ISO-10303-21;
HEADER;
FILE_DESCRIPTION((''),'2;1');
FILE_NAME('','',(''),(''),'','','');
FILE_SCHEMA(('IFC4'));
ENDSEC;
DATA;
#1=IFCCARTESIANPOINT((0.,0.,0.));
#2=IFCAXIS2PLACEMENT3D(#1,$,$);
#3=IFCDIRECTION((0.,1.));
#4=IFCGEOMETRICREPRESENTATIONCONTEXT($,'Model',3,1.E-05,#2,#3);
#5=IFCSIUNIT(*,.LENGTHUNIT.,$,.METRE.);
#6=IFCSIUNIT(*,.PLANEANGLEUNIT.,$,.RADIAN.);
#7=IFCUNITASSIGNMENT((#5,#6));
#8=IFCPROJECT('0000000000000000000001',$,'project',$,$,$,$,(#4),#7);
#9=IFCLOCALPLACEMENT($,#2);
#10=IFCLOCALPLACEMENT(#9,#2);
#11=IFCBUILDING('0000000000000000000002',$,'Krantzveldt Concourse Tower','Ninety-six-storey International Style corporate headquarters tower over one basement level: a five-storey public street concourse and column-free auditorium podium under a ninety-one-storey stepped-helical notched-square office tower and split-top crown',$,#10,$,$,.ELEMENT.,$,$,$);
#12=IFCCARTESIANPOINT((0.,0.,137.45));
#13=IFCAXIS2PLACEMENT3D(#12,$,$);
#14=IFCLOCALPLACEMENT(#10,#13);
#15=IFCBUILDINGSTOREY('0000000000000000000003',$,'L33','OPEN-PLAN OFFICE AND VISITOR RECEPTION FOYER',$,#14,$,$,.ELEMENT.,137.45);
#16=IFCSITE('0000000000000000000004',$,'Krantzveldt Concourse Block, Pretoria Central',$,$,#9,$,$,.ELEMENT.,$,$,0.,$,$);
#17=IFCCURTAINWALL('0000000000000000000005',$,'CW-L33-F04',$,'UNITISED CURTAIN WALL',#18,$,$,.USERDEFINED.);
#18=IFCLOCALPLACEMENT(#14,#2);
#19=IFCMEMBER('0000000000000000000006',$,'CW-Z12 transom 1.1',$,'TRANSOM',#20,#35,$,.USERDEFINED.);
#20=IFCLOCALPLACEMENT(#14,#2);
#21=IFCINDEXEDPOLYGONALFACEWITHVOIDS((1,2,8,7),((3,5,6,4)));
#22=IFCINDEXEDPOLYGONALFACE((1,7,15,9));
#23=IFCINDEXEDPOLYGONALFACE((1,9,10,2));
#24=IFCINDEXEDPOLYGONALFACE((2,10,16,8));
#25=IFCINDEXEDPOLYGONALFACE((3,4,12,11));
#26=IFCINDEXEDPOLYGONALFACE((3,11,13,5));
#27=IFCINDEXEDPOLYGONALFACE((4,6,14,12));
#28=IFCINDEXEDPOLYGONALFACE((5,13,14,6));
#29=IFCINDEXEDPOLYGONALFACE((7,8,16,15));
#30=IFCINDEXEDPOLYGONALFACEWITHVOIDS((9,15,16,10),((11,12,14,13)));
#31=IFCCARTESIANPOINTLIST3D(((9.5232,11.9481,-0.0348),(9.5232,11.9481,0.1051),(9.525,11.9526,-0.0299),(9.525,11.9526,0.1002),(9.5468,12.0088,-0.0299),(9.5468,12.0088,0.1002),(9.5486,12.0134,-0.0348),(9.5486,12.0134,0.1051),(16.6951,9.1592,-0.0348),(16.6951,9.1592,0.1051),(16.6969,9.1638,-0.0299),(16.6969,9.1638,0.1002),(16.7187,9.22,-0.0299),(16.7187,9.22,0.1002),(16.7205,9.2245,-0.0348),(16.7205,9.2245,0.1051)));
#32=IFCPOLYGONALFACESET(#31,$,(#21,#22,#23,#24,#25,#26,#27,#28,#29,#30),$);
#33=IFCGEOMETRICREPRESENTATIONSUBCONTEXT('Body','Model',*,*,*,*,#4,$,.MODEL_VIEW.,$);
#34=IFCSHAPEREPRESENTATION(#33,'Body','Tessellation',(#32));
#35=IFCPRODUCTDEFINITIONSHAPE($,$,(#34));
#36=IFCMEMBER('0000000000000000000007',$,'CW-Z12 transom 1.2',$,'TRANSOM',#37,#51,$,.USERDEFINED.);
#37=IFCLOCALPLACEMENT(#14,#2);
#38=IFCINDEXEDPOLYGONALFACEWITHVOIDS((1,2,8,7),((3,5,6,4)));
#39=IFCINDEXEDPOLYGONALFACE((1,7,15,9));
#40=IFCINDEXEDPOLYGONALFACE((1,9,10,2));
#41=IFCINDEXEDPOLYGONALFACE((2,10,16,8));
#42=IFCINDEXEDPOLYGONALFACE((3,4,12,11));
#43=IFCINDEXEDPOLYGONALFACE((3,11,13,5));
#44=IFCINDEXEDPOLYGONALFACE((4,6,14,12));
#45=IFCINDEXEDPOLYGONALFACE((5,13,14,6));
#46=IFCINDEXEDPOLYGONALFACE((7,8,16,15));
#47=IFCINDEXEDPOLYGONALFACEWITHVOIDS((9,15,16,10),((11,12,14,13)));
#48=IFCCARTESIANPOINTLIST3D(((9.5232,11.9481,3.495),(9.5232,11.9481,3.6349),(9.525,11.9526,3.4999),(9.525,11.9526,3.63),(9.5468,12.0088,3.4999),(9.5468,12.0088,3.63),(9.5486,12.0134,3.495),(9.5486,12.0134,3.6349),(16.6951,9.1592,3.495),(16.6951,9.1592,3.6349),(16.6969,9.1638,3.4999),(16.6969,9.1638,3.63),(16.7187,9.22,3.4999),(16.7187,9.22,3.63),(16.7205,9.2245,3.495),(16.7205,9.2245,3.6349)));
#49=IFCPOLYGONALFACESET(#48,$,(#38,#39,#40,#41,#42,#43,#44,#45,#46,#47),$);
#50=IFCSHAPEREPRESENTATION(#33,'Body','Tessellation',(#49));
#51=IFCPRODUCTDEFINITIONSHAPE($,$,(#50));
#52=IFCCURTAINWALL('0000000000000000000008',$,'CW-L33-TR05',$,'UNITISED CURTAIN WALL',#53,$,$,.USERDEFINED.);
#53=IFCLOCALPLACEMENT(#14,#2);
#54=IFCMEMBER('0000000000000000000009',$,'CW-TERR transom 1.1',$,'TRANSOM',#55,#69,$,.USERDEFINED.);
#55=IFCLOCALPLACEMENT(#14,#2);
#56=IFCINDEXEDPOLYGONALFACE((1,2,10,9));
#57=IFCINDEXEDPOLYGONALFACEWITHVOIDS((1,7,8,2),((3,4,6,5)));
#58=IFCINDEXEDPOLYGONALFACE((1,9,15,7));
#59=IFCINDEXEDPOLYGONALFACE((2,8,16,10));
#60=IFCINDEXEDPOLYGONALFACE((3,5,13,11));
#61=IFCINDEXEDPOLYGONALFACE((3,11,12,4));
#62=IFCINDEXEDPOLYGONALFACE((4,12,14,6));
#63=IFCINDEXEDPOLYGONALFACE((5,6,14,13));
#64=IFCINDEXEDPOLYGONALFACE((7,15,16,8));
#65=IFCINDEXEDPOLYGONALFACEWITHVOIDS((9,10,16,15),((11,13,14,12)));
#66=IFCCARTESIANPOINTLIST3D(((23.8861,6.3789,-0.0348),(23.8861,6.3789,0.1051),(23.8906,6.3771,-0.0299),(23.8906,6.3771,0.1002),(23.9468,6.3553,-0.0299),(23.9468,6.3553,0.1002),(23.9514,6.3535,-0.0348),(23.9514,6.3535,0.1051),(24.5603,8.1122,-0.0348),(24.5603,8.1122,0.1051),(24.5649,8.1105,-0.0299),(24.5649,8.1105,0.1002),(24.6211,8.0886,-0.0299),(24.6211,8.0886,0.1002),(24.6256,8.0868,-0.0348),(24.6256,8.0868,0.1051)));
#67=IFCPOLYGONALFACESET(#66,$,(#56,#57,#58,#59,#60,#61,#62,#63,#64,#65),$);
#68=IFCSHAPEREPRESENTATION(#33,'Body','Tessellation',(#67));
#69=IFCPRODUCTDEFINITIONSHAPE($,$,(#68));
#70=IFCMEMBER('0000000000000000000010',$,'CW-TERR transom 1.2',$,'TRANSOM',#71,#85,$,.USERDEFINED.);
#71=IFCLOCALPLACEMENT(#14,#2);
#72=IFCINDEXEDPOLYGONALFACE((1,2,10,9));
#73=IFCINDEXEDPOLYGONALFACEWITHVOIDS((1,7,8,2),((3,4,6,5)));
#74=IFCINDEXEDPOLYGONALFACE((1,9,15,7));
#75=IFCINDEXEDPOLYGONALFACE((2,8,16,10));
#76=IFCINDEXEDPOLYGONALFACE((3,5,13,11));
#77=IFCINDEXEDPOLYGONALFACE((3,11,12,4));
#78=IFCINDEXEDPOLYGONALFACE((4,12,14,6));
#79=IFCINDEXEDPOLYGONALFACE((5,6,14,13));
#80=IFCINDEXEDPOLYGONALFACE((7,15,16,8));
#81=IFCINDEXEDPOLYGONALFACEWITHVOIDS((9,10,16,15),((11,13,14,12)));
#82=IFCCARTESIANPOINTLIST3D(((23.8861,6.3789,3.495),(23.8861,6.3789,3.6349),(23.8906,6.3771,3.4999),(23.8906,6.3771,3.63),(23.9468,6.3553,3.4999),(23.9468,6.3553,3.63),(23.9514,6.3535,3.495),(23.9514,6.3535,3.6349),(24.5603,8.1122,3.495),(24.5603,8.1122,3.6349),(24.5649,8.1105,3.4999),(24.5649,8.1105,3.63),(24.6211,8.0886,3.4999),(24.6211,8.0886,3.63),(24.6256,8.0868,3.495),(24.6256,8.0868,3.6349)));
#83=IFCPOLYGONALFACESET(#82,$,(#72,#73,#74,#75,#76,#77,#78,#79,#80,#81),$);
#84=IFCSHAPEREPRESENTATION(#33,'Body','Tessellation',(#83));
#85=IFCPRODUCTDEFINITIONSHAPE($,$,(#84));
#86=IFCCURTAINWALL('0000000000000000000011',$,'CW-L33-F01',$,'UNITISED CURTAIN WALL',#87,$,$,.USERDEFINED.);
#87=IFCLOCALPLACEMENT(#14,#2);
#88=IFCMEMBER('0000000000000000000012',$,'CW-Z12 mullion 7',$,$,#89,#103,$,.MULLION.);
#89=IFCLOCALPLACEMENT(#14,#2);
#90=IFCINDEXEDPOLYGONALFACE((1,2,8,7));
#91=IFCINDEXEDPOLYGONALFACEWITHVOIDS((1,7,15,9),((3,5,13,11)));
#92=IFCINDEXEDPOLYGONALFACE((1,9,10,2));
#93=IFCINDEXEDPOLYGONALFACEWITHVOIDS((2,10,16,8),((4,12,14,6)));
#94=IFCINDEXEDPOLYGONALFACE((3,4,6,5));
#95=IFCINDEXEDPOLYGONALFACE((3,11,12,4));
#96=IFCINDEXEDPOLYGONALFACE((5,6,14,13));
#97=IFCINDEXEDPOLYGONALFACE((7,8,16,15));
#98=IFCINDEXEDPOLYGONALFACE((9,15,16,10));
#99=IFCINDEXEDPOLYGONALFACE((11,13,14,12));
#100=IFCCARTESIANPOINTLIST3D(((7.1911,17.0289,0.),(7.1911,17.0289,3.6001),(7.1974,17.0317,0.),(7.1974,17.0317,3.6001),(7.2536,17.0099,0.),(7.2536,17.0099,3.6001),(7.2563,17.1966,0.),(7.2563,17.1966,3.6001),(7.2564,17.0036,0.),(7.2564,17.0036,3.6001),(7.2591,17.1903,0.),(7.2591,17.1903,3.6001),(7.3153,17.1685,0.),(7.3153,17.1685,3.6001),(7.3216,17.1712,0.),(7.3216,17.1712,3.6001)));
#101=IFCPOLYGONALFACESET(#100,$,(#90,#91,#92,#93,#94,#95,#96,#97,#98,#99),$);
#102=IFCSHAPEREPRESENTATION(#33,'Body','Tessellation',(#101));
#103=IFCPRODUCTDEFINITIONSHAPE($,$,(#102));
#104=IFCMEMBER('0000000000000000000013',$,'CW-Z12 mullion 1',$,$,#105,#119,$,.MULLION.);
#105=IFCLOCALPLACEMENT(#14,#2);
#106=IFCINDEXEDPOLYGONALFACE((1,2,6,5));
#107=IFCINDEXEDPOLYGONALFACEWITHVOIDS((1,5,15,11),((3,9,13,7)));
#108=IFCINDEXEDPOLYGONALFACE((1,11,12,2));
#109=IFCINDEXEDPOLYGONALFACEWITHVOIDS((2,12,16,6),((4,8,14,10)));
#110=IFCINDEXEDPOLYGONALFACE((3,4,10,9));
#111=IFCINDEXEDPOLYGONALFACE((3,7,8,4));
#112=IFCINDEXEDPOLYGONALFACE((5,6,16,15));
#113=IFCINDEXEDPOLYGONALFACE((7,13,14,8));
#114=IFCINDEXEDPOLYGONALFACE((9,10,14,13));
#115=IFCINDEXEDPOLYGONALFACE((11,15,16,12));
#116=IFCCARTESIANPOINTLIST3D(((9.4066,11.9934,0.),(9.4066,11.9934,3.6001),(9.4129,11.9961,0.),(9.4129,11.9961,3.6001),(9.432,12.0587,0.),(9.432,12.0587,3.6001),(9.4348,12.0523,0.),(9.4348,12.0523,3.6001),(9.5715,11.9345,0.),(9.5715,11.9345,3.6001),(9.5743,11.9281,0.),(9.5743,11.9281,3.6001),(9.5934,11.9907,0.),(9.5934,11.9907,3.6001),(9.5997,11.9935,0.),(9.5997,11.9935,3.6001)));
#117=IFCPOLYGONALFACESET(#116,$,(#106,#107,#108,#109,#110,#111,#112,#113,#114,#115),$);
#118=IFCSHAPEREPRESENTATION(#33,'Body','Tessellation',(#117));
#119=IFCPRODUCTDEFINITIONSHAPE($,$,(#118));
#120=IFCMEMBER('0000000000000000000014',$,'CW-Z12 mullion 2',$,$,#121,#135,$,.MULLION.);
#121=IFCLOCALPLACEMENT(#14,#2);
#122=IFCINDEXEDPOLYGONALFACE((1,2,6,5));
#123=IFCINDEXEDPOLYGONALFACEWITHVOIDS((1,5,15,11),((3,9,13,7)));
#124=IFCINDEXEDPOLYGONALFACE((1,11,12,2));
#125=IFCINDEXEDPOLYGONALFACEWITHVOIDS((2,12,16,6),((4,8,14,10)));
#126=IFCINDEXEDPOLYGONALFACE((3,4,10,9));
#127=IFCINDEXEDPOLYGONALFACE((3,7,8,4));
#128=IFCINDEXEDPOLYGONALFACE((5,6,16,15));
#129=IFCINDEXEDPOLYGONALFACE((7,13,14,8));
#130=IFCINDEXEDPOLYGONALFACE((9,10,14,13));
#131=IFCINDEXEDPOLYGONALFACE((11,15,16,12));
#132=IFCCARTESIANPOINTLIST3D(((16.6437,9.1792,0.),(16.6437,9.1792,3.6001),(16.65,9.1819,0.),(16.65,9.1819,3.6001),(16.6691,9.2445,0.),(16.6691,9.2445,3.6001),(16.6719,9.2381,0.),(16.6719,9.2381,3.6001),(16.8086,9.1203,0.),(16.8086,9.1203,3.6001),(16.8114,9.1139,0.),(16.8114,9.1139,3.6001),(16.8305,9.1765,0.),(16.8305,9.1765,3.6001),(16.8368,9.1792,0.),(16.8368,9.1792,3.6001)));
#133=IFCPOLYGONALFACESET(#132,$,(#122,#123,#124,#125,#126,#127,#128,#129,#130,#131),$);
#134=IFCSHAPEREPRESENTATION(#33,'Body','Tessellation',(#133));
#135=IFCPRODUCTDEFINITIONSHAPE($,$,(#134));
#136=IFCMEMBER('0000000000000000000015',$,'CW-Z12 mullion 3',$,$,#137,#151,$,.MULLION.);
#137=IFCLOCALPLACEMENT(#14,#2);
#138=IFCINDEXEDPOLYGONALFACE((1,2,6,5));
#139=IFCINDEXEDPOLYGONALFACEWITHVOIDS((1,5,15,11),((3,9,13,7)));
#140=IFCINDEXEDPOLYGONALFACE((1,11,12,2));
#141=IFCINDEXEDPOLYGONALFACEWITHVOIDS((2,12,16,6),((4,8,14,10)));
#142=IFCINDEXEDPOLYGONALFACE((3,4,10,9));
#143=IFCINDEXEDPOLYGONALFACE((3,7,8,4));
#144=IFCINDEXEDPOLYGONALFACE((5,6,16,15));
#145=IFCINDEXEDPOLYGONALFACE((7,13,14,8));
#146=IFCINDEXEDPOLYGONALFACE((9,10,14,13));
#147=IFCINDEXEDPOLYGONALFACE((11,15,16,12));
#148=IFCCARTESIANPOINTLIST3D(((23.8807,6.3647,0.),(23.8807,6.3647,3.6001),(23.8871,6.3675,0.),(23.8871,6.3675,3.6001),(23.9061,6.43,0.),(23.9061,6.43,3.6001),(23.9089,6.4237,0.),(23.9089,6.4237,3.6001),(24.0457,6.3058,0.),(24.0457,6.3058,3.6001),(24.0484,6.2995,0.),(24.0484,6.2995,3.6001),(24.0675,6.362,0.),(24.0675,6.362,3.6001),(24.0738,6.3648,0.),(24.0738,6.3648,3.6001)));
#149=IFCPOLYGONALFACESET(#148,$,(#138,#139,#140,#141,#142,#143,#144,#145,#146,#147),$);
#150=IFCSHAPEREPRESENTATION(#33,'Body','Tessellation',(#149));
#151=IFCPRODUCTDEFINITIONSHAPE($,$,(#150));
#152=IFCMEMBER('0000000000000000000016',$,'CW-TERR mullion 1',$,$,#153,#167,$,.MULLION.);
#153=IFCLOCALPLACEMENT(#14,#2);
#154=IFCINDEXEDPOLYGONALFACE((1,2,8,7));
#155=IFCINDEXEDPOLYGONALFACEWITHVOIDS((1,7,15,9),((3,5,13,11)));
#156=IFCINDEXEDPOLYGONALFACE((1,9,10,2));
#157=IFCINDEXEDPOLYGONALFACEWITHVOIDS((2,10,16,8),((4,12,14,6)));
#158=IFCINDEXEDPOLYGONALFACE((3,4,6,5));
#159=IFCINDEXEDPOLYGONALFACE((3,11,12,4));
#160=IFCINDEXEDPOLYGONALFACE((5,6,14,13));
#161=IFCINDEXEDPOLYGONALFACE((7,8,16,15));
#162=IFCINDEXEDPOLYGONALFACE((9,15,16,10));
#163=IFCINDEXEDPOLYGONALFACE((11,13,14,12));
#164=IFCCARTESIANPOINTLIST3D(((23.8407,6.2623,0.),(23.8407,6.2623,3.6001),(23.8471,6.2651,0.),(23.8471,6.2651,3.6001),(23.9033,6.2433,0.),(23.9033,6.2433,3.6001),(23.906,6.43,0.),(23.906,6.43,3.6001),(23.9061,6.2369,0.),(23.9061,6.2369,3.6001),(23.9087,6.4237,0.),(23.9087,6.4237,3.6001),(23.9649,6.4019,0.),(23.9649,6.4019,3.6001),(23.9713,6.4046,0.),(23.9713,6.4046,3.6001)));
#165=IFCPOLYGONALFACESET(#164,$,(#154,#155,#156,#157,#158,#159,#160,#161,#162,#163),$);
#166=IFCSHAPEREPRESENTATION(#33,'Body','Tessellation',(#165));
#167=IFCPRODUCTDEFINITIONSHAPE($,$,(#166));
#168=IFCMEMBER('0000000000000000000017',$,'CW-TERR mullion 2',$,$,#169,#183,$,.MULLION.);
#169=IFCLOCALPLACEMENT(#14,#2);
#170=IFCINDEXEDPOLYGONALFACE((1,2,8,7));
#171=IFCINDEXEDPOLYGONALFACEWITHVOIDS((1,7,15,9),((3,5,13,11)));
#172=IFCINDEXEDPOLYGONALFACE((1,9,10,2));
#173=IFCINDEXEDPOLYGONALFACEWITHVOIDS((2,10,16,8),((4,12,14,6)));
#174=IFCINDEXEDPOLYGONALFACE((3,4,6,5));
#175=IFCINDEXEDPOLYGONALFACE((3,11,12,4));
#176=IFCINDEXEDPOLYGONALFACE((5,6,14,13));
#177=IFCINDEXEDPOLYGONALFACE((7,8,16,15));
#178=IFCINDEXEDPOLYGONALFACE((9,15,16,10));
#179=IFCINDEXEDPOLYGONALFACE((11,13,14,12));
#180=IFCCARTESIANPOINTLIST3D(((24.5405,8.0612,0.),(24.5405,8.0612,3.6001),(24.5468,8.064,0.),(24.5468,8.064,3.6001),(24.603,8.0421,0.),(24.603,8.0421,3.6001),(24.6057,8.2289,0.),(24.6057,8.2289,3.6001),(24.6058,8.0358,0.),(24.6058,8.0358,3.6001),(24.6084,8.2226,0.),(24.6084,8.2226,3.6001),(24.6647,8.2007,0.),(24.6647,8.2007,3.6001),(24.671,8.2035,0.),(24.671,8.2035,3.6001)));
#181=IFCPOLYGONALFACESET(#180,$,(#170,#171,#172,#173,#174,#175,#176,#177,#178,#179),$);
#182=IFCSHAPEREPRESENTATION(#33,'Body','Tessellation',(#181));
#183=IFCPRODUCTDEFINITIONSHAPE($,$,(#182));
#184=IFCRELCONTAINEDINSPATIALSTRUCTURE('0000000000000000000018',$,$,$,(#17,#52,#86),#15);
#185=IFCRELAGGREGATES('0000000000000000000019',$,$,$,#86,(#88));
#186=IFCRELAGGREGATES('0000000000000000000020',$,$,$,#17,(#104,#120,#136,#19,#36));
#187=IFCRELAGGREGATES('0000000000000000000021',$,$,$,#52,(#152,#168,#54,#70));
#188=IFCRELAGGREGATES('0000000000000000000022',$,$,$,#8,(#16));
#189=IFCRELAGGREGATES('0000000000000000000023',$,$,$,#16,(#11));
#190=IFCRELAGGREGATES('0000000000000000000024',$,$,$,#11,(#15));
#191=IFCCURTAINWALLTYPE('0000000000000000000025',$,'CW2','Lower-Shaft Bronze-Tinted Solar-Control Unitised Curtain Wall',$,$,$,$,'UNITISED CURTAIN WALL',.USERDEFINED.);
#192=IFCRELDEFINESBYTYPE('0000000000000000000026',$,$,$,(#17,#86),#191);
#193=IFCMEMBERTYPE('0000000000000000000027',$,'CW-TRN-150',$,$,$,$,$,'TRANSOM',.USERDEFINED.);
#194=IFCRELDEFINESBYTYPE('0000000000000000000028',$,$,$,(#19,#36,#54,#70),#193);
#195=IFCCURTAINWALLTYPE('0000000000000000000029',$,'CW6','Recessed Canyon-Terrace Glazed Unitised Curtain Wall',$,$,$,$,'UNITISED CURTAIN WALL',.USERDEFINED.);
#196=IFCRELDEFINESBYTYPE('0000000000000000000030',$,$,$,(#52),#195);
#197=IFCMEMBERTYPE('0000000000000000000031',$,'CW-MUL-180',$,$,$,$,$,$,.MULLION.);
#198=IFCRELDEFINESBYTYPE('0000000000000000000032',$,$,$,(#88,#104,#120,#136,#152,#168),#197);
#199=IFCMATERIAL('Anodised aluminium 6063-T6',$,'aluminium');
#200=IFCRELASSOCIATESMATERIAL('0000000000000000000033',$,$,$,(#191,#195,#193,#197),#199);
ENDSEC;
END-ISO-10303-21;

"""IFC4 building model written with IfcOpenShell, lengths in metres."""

from ifc_helpers import new_model, si_unit, direction, frame, origin, origin_2d, place, context, subcontext, project, spatial, hollow_rectangle, extrude, source, transform, mapped, material, material_profile, profile_set, type_object, type_shapes, element, aggregate, save


model = new_model("IFC4")

# Units and contexts
model_context = context("Model", 3, precision=1e-05, world=origin(), true_north=direction((0.0, 1.0)))
body_context = subcontext(model_context, "Body", "Model", "MODEL_VIEW")
ifc_project = project(units=[si_unit("LENGTHUNIT", "METRE"), si_unit("PLANEANGLEUNIT", "RADIAN")], contexts=[model_context])

# Site, building, storey
site_placement = place(None, origin())
site = spatial("IfcSite", under=ifc_project, at=site_placement, Name="Krantzveldt Concourse Block, Pretoria Central", CompositionType="ELEMENT", RefElevation=0.0)
building_placement = place(site_placement, origin())
building = spatial("IfcBuilding", under=site, at=building_placement, Name="Krantzveldt Concourse Tower", Description="Ninety-six-storey International Style corporate headquarters tower over one basement level: a five-storey public street concourse and column-free auditorium podium under a ninety-one-storey stepped-helical notched-square office tower and split-top crown", CompositionType="ELEMENT")
storey_placement = place(building_placement, frame((0.0, 0.0, 137.45)))
storey = spatial("IfcBuildingStorey", under=building, at=storey_placement, Name="L33", Description="OPEN-PLAN OFFICE AND VISITOR RECEPTION FOYER", CompositionType="ELEMENT", Elevation=137.45)

# Curtain walls, members
ifc_material_1 = material(Name="Anodised aluminium 6063-T6", Category="aluminium")
curtain_wall_type_1 = type_object("IfcCurtainWallType", Name="CW2", Description="Lower-Shaft Bronze-Tinted Solar-Control Unitised Curtain Wall", ElementType="UNITISED CURTAIN WALL", PredefinedType="USERDEFINED", material=ifc_material_1)
curtain_wall_1_placement = place(storey_placement, origin())
curtain_wall_1 = element("IfcCurtainWall", 1, at=curtain_wall_1_placement, inside=storey, type_object=curtain_wall_type_1, Name="CW-L33-F04", ObjectType="UNITISED CURTAIN WALL", PredefinedType="USERDEFINED")
ifc_material_profile_1 = material_profile(ifc_material_1, hollow_rectangle(XDim=0.0701, YDim=0.1399, WallThickness=0.0049, at=origin_2d()), Name="Anodised aluminium 6063-T6", Category="aluminium")
ifc_profile_set_1 = profile_set([ifc_material_profile_1], Name="Anodised aluminium 6063-T6 - ALU-TRAN 140x70x5")
member_type_1 = type_object("IfcMemberType", Name="CW-TRN-150", ElementType="TRANSOM", PredefinedType="USERDEFINED", material=ifc_profile_set_1)
shared_shape_1 = source(origin(), body_context, "Body", "SweptSolid", [
    extrude(hollow_rectangle(XDim=0.0701, YDim=0.1399, WallThickness=0.0049, at=origin_2d()), origin(), (0.0, 0.0, 1.0), 7.6951),
])
member_1_placement = place(storey_placement, frame((9.5359, 11.9807, 0.0352), z_axis=(0.932015, -0.362419, 0.0), x_axis=(0.362419, 0.932015, 0.0)))
member_1 = element("IfcMember", 2, at=member_1_placement, type_object=member_type_1, Name="CW-Z12 transom 1.1", ObjectType="TRANSOM", PredefinedType="USERDEFINED", context=body_context, shape_type="MappedRepresentation", body=[
    mapped(shared_shape_1, transform((0.0, 0.0, 0.0), x_axis=(1.0, 0.0, 0.0), y_axis=(0.0, 1.0, 0.0), z_axis=(0.0, 0.0, 1.0), scale=1.0)),
])
member_2_placement = place(storey_placement, frame((9.5359, 11.9807, 3.5649), z_axis=(0.932015, -0.362419, 0.0), x_axis=(0.362419, 0.932015, 0.0)))
member_2 = element("IfcMember", 3, at=member_2_placement, type_object=member_type_1, Name="CW-Z12 transom 1.2", ObjectType="TRANSOM", PredefinedType="USERDEFINED", context=body_context, shape_type="MappedRepresentation", body=[
    mapped(shared_shape_1, transform((0.0, 0.0, 0.0), x_axis=(1.0, 0.0, 0.0), y_axis=(0.0, 1.0, 0.0), z_axis=(0.0, 0.0, 1.0), scale=1.0)),
])
curtain_wall_type_2 = type_object("IfcCurtainWallType", Name="CW6", Description="Recessed Canyon-Terrace Glazed Unitised Curtain Wall", ElementType="UNITISED CURTAIN WALL", PredefinedType="USERDEFINED", material=ifc_material_1)
curtain_wall_2_placement = place(storey_placement, origin())
curtain_wall_2 = element("IfcCurtainWall", 4, at=curtain_wall_2_placement, inside=storey, type_object=curtain_wall_type_2, Name="CW-L33-TR05", ObjectType="UNITISED CURTAIN WALL", PredefinedType="USERDEFINED")
shared_shape_2 = source(origin(), body_context, "Body", "SweptSolid", [
    extrude(hollow_rectangle(XDim=0.0701, YDim=0.1399, WallThickness=0.0049, at=origin_2d()), origin(), (0.0, 0.0, 1.0), 1.8599),
])
member_3_placement = place(storey_placement, frame((23.9187, 6.3662, 0.0352), z_axis=(0.362548, 0.931965, 0.0), x_axis=(-0.931965, 0.362548, 0.0)))
member_3 = element("IfcMember", 5, at=member_3_placement, type_object=member_type_1, Name="CW-TERR transom 1.1", ObjectType="TRANSOM", PredefinedType="USERDEFINED", context=body_context, shape_type="MappedRepresentation", body=[
    mapped(shared_shape_2, transform((0.0, 0.0, 0.0), x_axis=(1.0, 0.0, 0.0), y_axis=(0.0, 1.0, 0.0), z_axis=(0.0, 0.0, 1.0), scale=1.0)),
])
member_4_placement = place(storey_placement, frame((23.9187, 6.3662, 3.5649), z_axis=(0.362548, 0.931965, 0.0), x_axis=(-0.931965, 0.362548, 0.0)))
member_4 = element("IfcMember", 6, at=member_4_placement, type_object=member_type_1, Name="CW-TERR transom 1.2", ObjectType="TRANSOM", PredefinedType="USERDEFINED", context=body_context, shape_type="MappedRepresentation", body=[
    mapped(shared_shape_2, transform((0.0, 0.0, 0.0), x_axis=(1.0, 0.0, 0.0), y_axis=(0.0, 1.0, 0.0), z_axis=(0.0, 0.0, 1.0), scale=1.0)),
])

# Curtain wall, member
curtain_wall_3_placement = place(storey_placement, origin())
curtain_wall_3 = element("IfcCurtainWall", 7, at=curtain_wall_3_placement, inside=storey, type_object=curtain_wall_type_1, Name="CW-L33-F01", ObjectType="UNITISED CURTAIN WALL", PredefinedType="USERDEFINED")
ifc_material_profile_2 = material_profile(ifc_material_1, hollow_rectangle(XDim=0.0701, YDim=0.1799, WallThickness=0.0049, at=origin_2d()), Name="Anodised aluminium 6063-T6", Category="aluminium")
ifc_profile_set_2 = profile_set([ifc_material_profile_2], Name="Anodised aluminium 6063-T6 - ALU-MULL 180x70x5")
member_type_2 = type_object("IfcMemberType", Name="CW-MUL-180", PredefinedType="MULLION", material=ifc_profile_set_2)
shared_shape_3 = source(origin(), body_context, "Body", "SweptSolid", [
    extrude(hollow_rectangle(XDim=0.0701, YDim=0.1799, WallThickness=0.0049, at=origin_2d()), origin(), (0.0, 0.0, 1.0), 3.6001),
])
type_shapes(member_type_2, [shared_shape_3])
member_5_placement = place(storey_placement, frame((7.2563, 17.1001, 0.0), z_axis=(0.0, 0.0, 1.0), x_axis=(0.932008, -0.362438, 0.0)))
member_5 = element("IfcMember", 8, at=member_5_placement, type_object=member_type_2, Name="CW-Z12 mullion 7", PredefinedType="MULLION", context=body_context, shape_type="MappedRepresentation", body=[
    mapped(shared_shape_3, transform((0.0, 0.0, 0.0), x_axis=(1.0, 0.0, 0.0), y_axis=(0.0, 1.0, 0.0), z_axis=(0.0, 0.0, 1.0), scale=1.0)),
])

# Members
member_6_placement = place(storey_placement, frame((9.5032, 11.9934, 0.0), z_axis=(0.0, 0.0, 1.0), x_axis=(0.362438, 0.932008, 0.0)))
member_6 = element("IfcMember", 9, at=member_6_placement, type_object=member_type_2, Name="CW-Z12 mullion 1", PredefinedType="MULLION", context=body_context, shape_type="MappedRepresentation", body=[
    mapped(shared_shape_3, transform((0.0, 0.0, 0.0), x_axis=(1.0, 0.0, 0.0), y_axis=(0.0, 1.0, 0.0), z_axis=(0.0, 0.0, 1.0), scale=1.0)),
])
member_7_placement = place(storey_placement, frame((16.7402, 9.1792, 0.0), z_axis=(0.0, 0.0, 1.0), x_axis=(0.362438, 0.932008, 0.0)))
member_7 = element("IfcMember", 10, at=member_7_placement, type_object=member_type_2, Name="CW-Z12 mullion 2", PredefinedType="MULLION", context=body_context, shape_type="MappedRepresentation", body=[
    mapped(shared_shape_3, transform((0.0, 0.0, 0.0), x_axis=(1.0, 0.0, 0.0), y_axis=(0.0, 1.0, 0.0), z_axis=(0.0, 0.0, 1.0), scale=1.0)),
])
member_8_placement = place(storey_placement, frame((23.9773, 6.3647, 0.0), z_axis=(0.0, 0.0, 1.0), x_axis=(0.362438, 0.932008, 0.0)))
member_8 = element("IfcMember", 11, at=member_8_placement, type_object=member_type_2, Name="CW-Z12 mullion 3", PredefinedType="MULLION", context=body_context, shape_type="MappedRepresentation", body=[
    mapped(shared_shape_3, transform((0.0, 0.0, 0.0), x_axis=(1.0, 0.0, 0.0), y_axis=(0.0, 1.0, 0.0), z_axis=(0.0, 0.0, 1.0), scale=1.0)),
])
member_9_placement = place(storey_placement, frame((23.906, 6.3335, 0.0), z_axis=(0.0, 0.0, 1.0), x_axis=(-0.932007, 0.362439, 0.0)))
member_9 = element("IfcMember", 12, at=member_9_placement, type_object=member_type_2, Name="CW-TERR mullion 1", PredefinedType="MULLION", context=body_context, shape_type="MappedRepresentation", body=[
    mapped(shared_shape_3, transform((0.0, 0.0, 0.0), x_axis=(1.0, 0.0, 0.0), y_axis=(0.0, 1.0, 0.0), z_axis=(0.0, 0.0, 1.0), scale=1.0)),
])
member_10_placement = place(storey_placement, frame((24.6057, 8.1323, 0.0), z_axis=(0.0, 0.0, 1.0), x_axis=(-0.932007, 0.362439, 0.0)))
member_10 = element("IfcMember", 13, at=member_10_placement, type_object=member_type_2, Name="CW-TERR mullion 2", PredefinedType="MULLION", context=body_context, shape_type="MappedRepresentation", body=[
    mapped(shared_shape_3, transform((0.0, 0.0, 0.0), x_axis=(1.0, 0.0, 0.0), y_axis=(0.0, 1.0, 0.0), z_axis=(0.0, 0.0, 1.0), scale=1.0)),
])

aggregate(curtain_wall_3, [member_5])
aggregate(curtain_wall_1, [member_6, member_7, member_8, member_1, member_2])
aggregate(curtain_wall_2, [member_9, member_10, member_3, member_4])

save(model, "model.ifc")
